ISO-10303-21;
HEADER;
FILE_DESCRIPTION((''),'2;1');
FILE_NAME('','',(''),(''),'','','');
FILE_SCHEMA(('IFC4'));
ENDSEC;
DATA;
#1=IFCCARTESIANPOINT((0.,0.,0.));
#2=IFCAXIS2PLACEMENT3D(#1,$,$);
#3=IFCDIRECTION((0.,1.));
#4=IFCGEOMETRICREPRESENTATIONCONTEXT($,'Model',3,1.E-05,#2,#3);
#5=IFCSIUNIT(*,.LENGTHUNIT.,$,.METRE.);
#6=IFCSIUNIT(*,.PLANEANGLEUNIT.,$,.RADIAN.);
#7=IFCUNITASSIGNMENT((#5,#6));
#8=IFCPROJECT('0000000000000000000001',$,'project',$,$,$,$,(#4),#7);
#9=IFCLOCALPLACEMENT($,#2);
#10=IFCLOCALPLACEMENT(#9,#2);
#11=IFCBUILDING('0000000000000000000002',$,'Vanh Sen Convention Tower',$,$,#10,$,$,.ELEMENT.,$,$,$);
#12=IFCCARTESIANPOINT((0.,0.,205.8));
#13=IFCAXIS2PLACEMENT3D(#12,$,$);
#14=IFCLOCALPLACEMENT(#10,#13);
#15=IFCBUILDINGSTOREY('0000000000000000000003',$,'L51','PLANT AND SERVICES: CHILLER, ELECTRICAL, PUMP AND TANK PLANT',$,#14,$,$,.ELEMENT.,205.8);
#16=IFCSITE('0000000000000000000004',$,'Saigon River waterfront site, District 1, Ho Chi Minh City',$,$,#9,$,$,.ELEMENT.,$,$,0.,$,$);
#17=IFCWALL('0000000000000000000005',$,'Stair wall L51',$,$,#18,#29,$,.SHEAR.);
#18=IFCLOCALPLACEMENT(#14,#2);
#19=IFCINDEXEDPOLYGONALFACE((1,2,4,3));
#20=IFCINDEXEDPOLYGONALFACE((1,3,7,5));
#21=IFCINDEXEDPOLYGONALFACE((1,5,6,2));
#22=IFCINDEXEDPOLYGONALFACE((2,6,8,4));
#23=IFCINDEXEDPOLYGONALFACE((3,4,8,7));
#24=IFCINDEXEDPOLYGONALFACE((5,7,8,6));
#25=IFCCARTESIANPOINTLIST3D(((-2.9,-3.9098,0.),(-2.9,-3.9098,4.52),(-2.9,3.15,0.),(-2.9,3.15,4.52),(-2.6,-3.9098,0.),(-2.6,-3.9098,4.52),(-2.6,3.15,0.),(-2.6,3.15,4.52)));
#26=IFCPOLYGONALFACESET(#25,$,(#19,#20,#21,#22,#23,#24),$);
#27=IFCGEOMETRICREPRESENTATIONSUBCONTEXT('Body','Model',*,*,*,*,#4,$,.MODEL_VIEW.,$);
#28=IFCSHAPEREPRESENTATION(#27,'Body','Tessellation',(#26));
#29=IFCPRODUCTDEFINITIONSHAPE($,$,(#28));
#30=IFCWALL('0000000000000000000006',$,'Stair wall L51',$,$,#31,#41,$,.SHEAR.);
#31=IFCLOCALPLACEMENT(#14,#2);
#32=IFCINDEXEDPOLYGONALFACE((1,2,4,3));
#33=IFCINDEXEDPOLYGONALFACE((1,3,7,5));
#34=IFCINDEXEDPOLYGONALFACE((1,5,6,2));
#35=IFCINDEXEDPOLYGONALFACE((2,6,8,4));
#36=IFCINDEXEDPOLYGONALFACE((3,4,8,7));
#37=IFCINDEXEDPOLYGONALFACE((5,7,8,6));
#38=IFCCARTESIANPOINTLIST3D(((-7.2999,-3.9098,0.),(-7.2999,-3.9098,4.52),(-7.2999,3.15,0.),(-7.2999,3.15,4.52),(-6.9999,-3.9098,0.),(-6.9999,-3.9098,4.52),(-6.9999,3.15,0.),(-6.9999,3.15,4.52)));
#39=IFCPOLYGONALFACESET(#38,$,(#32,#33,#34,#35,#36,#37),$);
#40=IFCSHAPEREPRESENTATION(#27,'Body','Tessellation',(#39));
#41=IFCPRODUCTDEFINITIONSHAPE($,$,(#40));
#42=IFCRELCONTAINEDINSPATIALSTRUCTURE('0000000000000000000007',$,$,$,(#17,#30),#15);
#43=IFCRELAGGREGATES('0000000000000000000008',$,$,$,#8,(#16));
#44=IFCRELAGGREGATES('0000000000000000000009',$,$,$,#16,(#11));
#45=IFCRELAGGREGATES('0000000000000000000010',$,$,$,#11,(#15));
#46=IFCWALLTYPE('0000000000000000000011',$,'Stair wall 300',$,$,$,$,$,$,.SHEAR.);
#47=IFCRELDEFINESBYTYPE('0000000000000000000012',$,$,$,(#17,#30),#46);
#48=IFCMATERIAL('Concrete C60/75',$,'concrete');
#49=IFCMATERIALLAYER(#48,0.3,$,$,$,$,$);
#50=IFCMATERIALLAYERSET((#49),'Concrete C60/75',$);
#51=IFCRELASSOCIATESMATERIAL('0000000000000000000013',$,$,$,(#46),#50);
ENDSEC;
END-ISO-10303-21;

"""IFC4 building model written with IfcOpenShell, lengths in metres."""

from ifc_helpers import new_model, si_unit, direction, frame, frame_2d, origin, place, context, subcontext, project, spatial, rectangle, extrude, material, layer, layer_set, type_object, element, save


model = new_model("IFC4")

# Units and contexts
model_context = context("Model", 3, precision=1e-05, world=origin(), true_north=direction((0.0, 1.0)))
body_context = subcontext(model_context, "Body", "Model", "MODEL_VIEW")
ifc_project = project(units=[si_unit("LENGTHUNIT", "METRE"), si_unit("PLANEANGLEUNIT", "RADIAN")], contexts=[model_context])

# Site, building, storey
site_placement = place(None, origin())
site = spatial("IfcSite", under=ifc_project, at=site_placement, Name="Saigon River waterfront site, District 1, Ho Chi Minh City", CompositionType="ELEMENT", RefElevation=0.0)
building_placement = place(site_placement, origin())
building = spatial("IfcBuilding", under=site, at=building_placement, Name="Vanh Sen Convention Tower", CompositionType="ELEMENT")
storey_placement = place(building_placement, frame((0.0, 0.0, 205.8)))
storey = spatial("IfcBuildingStorey", under=building, at=storey_placement, Name="L51", Description="PLANT AND SERVICES: CHILLER, ELECTRICAL, PUMP AND TANK PLANT", CompositionType="ELEMENT", Elevation=205.8)

# Shared definitions
ifc_material_1 = material(Name="Concrete C60/75", Category="concrete")

# Shared definitions
ifc_layer_1 = layer(ifc_material_1, 0.3)
ifc_layer_set_1 = layer_set([ifc_layer_1], Name="Concrete C60/75")
wall_type_1 = type_object("IfcWallType", Name="Stair wall 300", PredefinedType="SHEAR", material=ifc_layer_set_1)

# Walls
for number, where, z_axis, x_axis, name in (
    (1, (-2.75, 3.1499, 0.0), (0.0, 0.0, 1.0), (0.0, -1.0, 0.0), "Stair wall L51"),
    (2, (-7.1499, 3.1499, 0.0), (0.0, 0.0, 1.0), (0.0, -1.0, 0.0), "Stair wall L51"),
):
    element("IfcWall", number, at=place(storey_placement, frame(where, z_axis=z_axis, x_axis=x_axis)), inside=storey, type_object=wall_type_1, Name=name, PredefinedType="SHEAR", context=body_context, shape_type="SweptSolid", body=[
        extrude(rectangle(XDim=7.0598, YDim=0.3, at=frame_2d((3.5298, 0.0))), origin(), (0.0, 0.0, 1.0), 4.52),
    ])

save(model, "model.ifc")
